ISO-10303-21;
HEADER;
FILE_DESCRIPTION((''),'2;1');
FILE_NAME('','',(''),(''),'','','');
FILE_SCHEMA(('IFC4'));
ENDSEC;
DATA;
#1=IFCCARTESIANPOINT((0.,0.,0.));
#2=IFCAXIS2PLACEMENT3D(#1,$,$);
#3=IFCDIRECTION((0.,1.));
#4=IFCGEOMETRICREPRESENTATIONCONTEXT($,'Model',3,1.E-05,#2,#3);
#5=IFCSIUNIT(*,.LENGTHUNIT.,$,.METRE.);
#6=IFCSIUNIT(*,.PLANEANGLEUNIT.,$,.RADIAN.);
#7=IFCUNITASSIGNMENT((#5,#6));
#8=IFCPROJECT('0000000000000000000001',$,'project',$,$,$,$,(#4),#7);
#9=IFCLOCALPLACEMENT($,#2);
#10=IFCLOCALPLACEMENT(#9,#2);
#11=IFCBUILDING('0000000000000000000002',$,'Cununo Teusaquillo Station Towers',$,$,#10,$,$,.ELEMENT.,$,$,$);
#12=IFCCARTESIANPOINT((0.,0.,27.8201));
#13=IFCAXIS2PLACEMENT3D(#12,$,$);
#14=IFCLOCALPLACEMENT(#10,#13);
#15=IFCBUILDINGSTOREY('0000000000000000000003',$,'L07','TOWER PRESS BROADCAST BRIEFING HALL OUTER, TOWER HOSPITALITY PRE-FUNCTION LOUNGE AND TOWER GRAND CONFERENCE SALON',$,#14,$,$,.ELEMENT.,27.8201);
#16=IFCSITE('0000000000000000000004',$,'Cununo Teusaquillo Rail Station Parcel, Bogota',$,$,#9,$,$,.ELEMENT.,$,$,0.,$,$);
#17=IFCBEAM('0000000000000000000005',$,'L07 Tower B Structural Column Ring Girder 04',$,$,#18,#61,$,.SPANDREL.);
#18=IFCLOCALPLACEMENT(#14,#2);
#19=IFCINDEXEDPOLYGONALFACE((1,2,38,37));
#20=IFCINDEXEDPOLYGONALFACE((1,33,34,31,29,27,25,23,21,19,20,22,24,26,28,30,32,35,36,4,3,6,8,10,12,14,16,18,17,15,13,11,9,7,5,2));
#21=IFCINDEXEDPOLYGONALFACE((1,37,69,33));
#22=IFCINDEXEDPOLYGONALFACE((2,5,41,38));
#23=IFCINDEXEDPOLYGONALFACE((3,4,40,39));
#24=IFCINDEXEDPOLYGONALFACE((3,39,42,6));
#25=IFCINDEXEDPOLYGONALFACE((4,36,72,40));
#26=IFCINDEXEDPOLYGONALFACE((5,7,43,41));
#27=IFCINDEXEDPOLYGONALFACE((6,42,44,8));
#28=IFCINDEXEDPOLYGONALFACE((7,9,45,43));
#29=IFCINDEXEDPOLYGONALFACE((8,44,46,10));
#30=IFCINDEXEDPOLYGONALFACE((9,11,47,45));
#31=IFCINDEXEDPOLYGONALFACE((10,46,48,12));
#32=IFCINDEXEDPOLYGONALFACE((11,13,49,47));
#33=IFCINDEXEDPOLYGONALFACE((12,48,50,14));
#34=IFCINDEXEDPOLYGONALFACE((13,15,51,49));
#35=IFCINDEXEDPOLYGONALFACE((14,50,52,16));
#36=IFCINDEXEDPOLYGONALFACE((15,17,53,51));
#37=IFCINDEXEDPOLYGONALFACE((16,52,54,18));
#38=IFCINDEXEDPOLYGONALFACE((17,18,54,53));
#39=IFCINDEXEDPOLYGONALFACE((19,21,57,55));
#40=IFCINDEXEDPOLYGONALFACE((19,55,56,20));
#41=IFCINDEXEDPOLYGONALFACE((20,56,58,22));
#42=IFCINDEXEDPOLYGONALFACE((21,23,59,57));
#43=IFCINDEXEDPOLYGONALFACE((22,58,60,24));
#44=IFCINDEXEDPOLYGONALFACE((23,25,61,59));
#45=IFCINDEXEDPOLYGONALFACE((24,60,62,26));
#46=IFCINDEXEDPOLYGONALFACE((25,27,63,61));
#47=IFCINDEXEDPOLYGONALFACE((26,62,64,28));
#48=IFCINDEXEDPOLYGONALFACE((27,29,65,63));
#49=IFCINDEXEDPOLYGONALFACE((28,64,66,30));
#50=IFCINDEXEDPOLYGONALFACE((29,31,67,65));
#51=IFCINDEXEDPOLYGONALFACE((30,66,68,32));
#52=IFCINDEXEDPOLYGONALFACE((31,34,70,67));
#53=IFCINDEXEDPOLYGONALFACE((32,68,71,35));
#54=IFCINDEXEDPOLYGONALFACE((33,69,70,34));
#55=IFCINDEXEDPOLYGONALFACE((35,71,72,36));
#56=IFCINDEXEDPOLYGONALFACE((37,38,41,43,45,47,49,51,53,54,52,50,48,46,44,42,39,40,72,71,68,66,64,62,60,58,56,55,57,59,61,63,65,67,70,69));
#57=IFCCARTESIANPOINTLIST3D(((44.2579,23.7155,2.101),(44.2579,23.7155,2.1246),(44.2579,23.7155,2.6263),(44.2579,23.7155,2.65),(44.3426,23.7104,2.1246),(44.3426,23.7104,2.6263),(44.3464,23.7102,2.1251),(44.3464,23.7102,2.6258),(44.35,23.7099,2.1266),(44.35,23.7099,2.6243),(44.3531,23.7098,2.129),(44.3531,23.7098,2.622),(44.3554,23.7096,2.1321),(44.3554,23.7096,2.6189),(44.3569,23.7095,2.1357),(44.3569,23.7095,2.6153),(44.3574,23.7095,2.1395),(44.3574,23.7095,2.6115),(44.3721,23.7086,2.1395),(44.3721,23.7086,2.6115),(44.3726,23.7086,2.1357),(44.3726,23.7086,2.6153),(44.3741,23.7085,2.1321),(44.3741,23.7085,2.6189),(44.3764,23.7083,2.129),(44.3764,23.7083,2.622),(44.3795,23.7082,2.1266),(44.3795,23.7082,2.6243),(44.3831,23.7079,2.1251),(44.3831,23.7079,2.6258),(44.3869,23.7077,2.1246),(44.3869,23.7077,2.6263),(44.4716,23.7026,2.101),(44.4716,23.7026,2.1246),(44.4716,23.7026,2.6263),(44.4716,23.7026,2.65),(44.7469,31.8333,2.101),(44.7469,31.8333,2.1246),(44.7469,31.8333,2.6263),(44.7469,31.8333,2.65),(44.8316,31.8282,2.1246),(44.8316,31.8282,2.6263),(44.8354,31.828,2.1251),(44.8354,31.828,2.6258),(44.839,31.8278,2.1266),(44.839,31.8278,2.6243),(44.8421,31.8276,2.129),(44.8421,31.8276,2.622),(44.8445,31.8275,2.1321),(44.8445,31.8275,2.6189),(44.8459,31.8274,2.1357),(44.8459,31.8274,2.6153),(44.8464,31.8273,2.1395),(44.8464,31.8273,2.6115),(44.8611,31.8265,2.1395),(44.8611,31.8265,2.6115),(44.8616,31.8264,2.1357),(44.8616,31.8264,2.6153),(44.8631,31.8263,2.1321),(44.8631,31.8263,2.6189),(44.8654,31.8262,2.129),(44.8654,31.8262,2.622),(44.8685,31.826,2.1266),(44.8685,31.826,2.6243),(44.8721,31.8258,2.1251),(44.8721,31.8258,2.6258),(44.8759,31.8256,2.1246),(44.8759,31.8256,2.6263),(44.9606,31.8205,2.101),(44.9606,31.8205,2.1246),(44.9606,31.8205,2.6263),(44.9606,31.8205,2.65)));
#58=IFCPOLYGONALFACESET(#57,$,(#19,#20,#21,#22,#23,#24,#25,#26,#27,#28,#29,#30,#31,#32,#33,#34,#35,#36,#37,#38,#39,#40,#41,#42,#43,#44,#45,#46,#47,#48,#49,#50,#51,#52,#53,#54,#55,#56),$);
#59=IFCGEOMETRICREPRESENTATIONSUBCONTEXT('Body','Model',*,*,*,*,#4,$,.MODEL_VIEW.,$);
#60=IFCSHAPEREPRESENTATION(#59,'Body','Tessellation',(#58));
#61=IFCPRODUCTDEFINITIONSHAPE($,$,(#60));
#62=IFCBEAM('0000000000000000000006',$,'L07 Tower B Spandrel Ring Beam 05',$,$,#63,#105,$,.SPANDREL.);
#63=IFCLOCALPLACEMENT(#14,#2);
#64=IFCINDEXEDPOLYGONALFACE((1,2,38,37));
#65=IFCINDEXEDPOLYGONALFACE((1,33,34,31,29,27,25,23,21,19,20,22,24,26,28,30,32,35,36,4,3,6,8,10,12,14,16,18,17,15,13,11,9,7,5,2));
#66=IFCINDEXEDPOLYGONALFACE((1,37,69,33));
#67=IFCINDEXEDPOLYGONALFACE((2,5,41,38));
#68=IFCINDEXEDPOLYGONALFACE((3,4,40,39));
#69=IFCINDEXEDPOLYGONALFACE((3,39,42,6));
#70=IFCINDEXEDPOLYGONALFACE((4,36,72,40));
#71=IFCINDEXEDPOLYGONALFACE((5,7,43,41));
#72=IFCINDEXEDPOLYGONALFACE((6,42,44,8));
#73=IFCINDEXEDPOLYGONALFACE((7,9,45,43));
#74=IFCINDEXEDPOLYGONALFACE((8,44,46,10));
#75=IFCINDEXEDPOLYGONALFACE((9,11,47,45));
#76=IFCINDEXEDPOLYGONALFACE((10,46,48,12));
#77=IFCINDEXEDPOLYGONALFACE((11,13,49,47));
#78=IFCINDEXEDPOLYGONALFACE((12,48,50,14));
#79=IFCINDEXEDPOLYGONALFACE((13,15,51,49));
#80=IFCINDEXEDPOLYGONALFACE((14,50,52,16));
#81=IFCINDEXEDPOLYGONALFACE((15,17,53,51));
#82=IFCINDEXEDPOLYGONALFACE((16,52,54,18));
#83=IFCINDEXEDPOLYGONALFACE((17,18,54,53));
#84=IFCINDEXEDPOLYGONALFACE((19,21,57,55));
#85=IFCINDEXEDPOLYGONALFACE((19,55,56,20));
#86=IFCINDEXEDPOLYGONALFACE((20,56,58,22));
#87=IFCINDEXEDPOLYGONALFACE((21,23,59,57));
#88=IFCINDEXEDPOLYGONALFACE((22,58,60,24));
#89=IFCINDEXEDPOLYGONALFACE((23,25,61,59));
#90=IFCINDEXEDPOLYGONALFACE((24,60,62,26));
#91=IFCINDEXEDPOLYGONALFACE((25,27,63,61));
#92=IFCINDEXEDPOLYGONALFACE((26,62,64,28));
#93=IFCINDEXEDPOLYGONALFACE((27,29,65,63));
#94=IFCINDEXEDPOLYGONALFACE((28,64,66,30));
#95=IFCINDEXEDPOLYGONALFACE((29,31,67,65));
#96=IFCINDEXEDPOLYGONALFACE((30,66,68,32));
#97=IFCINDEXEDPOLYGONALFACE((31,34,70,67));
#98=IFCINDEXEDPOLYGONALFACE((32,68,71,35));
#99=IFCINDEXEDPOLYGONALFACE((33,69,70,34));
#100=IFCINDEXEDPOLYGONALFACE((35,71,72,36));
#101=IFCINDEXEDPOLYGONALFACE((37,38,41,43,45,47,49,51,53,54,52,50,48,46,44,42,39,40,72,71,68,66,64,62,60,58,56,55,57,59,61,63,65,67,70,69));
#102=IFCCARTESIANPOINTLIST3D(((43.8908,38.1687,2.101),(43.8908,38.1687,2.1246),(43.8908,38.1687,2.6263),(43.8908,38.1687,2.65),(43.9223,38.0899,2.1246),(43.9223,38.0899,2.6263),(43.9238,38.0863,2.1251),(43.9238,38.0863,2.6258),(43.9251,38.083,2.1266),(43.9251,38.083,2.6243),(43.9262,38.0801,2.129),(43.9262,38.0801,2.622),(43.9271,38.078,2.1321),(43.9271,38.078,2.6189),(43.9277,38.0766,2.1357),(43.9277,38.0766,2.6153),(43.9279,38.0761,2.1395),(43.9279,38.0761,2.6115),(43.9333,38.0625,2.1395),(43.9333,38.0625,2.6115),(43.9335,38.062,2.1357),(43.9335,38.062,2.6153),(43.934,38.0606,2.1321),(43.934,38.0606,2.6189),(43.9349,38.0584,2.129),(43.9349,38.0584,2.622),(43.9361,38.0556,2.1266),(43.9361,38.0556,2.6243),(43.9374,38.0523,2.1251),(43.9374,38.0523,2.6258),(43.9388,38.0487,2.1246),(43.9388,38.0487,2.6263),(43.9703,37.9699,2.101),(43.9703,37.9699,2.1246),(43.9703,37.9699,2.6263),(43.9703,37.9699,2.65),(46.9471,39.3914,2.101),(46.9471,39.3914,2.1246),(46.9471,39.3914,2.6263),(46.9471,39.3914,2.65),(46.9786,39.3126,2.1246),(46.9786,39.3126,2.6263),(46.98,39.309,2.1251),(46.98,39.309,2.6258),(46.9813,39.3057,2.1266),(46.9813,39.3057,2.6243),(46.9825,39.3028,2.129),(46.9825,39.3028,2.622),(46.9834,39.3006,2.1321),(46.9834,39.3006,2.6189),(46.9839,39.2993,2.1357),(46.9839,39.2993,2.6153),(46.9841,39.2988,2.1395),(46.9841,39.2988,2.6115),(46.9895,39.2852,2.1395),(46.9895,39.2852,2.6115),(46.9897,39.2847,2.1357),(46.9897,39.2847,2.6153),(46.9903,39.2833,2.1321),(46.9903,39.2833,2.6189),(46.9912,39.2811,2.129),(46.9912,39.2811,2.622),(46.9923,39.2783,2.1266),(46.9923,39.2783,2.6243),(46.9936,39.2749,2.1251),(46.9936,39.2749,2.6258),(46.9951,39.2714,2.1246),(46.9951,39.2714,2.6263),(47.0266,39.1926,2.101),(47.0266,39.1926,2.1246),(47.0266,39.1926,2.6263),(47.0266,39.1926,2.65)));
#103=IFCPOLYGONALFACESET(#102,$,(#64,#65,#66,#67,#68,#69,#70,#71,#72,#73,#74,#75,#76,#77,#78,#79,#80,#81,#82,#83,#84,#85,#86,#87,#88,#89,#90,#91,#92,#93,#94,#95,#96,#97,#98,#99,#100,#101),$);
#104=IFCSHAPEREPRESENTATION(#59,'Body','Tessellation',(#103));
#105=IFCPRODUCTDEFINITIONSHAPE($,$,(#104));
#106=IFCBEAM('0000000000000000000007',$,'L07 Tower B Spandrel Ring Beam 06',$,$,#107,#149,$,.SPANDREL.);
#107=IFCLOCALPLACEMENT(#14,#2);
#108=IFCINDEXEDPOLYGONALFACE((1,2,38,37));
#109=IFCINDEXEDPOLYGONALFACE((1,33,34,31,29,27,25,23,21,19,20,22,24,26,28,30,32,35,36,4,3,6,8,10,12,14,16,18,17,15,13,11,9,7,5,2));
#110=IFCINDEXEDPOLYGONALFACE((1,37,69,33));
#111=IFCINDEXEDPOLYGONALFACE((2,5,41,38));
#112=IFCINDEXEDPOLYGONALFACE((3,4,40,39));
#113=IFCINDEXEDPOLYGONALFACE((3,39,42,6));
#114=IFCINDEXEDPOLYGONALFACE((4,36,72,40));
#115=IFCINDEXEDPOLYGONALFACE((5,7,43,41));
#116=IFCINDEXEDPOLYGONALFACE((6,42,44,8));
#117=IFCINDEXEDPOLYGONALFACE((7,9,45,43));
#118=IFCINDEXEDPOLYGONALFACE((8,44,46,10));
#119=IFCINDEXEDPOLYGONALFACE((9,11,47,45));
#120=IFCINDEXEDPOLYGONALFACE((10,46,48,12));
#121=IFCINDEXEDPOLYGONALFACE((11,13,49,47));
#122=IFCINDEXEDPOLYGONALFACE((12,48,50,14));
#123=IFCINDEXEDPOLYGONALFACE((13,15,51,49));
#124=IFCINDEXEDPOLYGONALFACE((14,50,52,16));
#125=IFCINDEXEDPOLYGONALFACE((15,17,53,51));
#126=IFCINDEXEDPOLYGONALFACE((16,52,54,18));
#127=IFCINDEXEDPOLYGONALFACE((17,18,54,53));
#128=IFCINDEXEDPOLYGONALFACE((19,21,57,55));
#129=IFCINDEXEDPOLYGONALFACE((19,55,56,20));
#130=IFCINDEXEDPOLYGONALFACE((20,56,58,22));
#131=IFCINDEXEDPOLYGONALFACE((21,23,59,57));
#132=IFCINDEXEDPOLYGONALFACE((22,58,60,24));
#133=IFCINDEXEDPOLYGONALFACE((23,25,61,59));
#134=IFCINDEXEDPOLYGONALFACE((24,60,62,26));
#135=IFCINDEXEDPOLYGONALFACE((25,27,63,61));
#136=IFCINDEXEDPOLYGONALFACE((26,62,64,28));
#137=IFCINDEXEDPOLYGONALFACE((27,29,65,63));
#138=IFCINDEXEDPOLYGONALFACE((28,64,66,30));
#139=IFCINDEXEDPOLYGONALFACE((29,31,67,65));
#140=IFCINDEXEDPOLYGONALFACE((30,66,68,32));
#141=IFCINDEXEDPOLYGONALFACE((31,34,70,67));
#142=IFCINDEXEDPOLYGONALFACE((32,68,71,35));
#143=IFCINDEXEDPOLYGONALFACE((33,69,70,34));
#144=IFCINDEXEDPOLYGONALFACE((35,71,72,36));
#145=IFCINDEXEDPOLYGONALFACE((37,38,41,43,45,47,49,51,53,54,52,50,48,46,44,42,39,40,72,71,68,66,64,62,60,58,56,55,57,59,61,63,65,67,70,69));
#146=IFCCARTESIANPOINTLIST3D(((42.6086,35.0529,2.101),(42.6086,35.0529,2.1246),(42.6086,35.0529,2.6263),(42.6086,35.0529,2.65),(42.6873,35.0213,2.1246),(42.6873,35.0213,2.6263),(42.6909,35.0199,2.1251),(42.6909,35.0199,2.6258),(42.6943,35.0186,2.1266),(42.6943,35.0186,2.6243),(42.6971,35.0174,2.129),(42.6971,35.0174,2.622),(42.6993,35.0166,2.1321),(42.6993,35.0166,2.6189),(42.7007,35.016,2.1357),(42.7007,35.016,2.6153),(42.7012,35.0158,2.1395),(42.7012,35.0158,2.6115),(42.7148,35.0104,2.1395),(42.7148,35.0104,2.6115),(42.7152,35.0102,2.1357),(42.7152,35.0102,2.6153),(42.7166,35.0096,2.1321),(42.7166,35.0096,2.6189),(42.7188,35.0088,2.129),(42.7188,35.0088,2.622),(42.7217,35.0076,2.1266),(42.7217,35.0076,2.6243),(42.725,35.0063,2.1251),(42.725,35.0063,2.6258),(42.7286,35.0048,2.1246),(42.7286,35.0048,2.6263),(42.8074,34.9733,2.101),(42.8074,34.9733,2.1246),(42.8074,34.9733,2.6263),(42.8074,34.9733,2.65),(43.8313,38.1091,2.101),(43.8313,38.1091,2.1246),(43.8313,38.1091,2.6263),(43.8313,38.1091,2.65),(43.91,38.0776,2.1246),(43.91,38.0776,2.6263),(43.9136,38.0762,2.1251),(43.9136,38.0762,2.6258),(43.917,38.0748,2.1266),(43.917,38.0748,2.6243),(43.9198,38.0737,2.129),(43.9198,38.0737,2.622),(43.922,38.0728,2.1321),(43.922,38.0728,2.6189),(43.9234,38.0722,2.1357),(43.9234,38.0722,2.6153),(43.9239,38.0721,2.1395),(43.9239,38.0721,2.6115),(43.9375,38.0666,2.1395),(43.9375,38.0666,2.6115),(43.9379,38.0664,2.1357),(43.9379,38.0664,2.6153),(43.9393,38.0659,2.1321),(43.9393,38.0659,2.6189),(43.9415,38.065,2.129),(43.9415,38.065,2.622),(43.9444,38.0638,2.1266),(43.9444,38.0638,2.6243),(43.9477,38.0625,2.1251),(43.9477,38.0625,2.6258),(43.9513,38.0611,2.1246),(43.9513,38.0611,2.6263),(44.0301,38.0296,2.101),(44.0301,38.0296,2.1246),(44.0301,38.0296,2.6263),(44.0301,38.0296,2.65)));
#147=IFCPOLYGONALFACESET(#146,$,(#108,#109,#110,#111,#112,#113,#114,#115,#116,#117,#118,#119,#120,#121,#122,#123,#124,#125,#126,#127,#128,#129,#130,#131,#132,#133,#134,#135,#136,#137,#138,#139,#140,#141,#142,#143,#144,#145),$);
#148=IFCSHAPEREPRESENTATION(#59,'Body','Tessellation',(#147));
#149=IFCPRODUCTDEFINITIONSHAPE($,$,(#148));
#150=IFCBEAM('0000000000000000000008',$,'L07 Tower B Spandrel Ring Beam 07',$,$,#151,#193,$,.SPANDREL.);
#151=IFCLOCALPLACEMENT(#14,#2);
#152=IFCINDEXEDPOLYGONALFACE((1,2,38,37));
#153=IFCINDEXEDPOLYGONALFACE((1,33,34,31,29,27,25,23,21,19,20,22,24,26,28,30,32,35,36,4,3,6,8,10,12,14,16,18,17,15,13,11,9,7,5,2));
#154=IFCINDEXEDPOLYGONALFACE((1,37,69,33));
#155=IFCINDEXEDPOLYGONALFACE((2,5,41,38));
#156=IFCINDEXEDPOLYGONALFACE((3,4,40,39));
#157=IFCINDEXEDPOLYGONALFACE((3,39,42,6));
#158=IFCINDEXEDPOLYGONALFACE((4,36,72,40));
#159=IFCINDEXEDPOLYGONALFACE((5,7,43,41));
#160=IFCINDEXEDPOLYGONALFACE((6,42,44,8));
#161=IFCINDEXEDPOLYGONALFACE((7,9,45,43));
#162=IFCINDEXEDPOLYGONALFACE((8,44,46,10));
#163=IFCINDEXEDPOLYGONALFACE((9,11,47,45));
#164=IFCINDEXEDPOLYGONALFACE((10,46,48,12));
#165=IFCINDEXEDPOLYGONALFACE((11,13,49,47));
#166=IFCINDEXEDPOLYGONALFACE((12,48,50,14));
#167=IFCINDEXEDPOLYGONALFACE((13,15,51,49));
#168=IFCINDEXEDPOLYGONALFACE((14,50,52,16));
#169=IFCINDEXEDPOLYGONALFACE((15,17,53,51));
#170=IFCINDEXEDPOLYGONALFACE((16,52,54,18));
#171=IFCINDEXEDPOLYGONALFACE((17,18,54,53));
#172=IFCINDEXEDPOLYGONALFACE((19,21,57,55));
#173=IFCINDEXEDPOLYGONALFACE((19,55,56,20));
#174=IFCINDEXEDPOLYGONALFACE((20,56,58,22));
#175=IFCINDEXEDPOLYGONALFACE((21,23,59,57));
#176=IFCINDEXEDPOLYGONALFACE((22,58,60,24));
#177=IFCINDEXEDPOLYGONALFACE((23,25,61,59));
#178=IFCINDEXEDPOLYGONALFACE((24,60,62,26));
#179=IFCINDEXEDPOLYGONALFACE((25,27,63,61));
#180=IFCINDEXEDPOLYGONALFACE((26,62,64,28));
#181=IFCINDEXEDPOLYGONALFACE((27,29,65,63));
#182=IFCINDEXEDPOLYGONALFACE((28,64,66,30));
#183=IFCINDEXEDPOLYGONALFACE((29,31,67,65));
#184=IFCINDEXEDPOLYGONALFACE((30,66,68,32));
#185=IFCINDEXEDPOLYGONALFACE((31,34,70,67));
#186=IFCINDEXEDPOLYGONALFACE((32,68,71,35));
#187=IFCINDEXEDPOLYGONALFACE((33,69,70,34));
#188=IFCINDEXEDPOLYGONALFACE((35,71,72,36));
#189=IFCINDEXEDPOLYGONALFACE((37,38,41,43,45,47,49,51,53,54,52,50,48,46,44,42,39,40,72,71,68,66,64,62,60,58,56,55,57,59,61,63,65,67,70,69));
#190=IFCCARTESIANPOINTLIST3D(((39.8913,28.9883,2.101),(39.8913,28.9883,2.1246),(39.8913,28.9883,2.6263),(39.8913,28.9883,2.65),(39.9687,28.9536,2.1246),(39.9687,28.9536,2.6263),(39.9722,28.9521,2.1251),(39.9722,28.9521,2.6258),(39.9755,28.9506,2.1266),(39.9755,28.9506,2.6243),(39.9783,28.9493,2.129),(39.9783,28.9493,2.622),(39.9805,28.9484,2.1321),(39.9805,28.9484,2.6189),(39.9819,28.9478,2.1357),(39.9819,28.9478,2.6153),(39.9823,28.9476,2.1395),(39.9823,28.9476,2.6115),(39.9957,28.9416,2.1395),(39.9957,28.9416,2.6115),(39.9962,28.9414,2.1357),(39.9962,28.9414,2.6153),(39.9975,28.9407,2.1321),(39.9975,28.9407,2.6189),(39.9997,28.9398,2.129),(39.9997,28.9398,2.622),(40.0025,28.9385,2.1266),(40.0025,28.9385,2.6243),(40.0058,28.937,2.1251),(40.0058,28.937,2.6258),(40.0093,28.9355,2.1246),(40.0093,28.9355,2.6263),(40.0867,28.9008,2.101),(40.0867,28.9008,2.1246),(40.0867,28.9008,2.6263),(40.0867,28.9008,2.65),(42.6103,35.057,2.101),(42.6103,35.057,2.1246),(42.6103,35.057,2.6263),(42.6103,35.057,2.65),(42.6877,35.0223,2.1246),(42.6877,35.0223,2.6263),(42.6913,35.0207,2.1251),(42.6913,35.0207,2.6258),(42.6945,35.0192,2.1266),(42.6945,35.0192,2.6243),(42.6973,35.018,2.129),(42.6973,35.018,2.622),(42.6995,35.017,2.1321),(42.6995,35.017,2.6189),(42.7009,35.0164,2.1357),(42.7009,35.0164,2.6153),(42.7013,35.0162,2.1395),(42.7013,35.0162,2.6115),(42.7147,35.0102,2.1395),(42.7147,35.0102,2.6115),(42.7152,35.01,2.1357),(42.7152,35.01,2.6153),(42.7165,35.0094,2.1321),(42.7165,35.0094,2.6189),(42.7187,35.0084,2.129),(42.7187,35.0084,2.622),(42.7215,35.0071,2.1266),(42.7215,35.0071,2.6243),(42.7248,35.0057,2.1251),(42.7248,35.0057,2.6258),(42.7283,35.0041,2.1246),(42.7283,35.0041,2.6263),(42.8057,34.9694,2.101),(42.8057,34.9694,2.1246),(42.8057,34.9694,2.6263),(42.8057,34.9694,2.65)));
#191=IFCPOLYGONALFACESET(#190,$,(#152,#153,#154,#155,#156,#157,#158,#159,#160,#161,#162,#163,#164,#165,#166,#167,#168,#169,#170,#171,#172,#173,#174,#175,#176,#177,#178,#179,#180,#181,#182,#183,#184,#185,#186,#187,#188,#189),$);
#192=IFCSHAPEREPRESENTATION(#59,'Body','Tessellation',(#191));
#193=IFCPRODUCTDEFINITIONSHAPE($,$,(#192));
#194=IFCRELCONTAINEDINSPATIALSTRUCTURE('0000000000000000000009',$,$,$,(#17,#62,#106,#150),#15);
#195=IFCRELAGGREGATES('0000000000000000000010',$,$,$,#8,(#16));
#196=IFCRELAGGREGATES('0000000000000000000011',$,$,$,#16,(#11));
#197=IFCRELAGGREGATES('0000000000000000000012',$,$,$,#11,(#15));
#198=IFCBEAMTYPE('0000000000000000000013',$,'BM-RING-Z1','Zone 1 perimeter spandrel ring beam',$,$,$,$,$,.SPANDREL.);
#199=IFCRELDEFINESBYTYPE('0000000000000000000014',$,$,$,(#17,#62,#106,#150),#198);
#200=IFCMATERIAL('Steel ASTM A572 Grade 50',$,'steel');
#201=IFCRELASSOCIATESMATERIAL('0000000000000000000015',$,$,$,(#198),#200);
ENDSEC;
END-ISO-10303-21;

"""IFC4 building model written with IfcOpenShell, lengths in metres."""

from ifc_helpers import new_model, si_unit, direction, frame, origin, origin_2d, place, context, subcontext, project, spatial, i_section, extrude, material, material_profile, profile_set, type_object, element, save


model = new_model("IFC4")

# Units and contexts
model_context = context("Model", 3, precision=1e-05, world=origin(), true_north=direction((0.0, 1.0)))
body_context = subcontext(model_context, "Body", "Model", "MODEL_VIEW")
ifc_project = project(units=[si_unit("LENGTHUNIT", "METRE"), si_unit("PLANEANGLEUNIT", "RADIAN")], contexts=[model_context])

# Site, building, storey
site_placement = place(None, origin())
site = spatial("IfcSite", under=ifc_project, at=site_placement, Name="Cununo Teusaquillo Rail Station Parcel, Bogota", CompositionType="ELEMENT", RefElevation=0.0)
building_placement = place(site_placement, origin())
building = spatial("IfcBuilding", under=site, at=building_placement, Name="Cununo Teusaquillo Station Towers", CompositionType="ELEMENT")
storey_placement = place(building_placement, frame((0.0, 0.0, 27.8201)))
storey = spatial("IfcBuildingStorey", under=building, at=storey_placement, Name="L07", Description="TOWER PRESS BROADCAST BRIEFING HALL OUTER, TOWER HOSPITALITY PRE-FUNCTION LOUNGE AND TOWER GRAND CONFERENCE SALON", CompositionType="ELEMENT", Elevation=27.8201)

# Beams
ifc_material_1 = material(Name="Steel ASTM A572 Grade 50", Category="steel")
ifc_material_profile_1 = material_profile(ifc_material_1, i_section(OverallWidth=0.2141, OverallDepth=0.5491, WebThickness=0.0146, FlangeThickness=0.0237, FilletRadius=0.0149, at=origin_2d()), Name="W21X93")
ifc_profile_set_1 = profile_set([ifc_material_profile_1], Name="Steel ASTM A572 Grade 50")
beam_type_1 = type_object("IfcBeamType", Name="BM-RING-Z1", Description="Zone 1 perimeter spandrel ring beam", PredefinedType="SPANDREL", material=ifc_profile_set_1)
beam_1_placement = place(storey_placement, frame((44.8538, 31.8269, 2.3755), z_axis=(-0.06013, -0.998191, 0.0), x_axis=(0.998191, -0.06013, 0.0)))
element("IfcBeam", 1, at=beam_1_placement, inside=storey, type_object=beam_type_1, Name="L07 Tower B Structural Column Ring Girder 04", PredefinedType="SPANDREL", context=body_context, shape_type="SweptSolid", body=[
    extrude(i_section(OverallWidth=0.2141, OverallDepth=0.5491, WebThickness=0.0146, FlangeThickness=0.0237, FilletRadius=0.0149, at=origin_2d()), origin(), (0.0, 0.0, 1.0), 8.1326),
])
for number, where, z_axis, x_axis, name in (
    (2, (46.9868, 39.292, 2.3755), (-0.928456, -0.371442, 0.0), (0.371442, -0.928456, 0.0), "L07 Tower B Spandrel Ring Beam 05"),
    (3, (43.9307, 38.0693, 2.3755), (-0.371442, -0.928456, 0.0), (0.928456, -0.371442, 0.0), "L07 Tower B Spandrel Ring Beam 06"),
):
    element("IfcBeam", number, at=place(storey_placement, frame(where, z_axis=z_axis, x_axis=x_axis)), inside=storey, type_object=beam_type_1, Name=name, PredefinedType="SPANDREL", context=body_context, shape_type="SweptSolid", body=[
        extrude(i_section(OverallWidth=0.2141, OverallDepth=0.5491, WebThickness=0.0146, FlangeThickness=0.0237, FilletRadius=0.0149, at=origin_2d()), origin(), (0.0, 0.0, 1.0), 3.2917),
    ])
beam_2_placement = place(storey_placement, frame((42.708, 35.0132, 2.3755), z_axis=(-0.408879, -0.912589, 0.0), x_axis=(0.912589, -0.408879, 0.0)))
element("IfcBeam", 4, at=beam_2_placement, inside=storey, type_object=beam_type_1, Name="L07 Tower B Spandrel Ring Beam 07", PredefinedType="SPANDREL", context=body_context, shape_type="SweptSolid", body=[
    extrude(i_section(OverallWidth=0.2141, OverallDepth=0.5491, WebThickness=0.0146, FlangeThickness=0.0237, FilletRadius=0.0149, at=origin_2d()), origin(), (0.0, 0.0, 1.0), 6.6499),
])

save(model, "model.ifc")
